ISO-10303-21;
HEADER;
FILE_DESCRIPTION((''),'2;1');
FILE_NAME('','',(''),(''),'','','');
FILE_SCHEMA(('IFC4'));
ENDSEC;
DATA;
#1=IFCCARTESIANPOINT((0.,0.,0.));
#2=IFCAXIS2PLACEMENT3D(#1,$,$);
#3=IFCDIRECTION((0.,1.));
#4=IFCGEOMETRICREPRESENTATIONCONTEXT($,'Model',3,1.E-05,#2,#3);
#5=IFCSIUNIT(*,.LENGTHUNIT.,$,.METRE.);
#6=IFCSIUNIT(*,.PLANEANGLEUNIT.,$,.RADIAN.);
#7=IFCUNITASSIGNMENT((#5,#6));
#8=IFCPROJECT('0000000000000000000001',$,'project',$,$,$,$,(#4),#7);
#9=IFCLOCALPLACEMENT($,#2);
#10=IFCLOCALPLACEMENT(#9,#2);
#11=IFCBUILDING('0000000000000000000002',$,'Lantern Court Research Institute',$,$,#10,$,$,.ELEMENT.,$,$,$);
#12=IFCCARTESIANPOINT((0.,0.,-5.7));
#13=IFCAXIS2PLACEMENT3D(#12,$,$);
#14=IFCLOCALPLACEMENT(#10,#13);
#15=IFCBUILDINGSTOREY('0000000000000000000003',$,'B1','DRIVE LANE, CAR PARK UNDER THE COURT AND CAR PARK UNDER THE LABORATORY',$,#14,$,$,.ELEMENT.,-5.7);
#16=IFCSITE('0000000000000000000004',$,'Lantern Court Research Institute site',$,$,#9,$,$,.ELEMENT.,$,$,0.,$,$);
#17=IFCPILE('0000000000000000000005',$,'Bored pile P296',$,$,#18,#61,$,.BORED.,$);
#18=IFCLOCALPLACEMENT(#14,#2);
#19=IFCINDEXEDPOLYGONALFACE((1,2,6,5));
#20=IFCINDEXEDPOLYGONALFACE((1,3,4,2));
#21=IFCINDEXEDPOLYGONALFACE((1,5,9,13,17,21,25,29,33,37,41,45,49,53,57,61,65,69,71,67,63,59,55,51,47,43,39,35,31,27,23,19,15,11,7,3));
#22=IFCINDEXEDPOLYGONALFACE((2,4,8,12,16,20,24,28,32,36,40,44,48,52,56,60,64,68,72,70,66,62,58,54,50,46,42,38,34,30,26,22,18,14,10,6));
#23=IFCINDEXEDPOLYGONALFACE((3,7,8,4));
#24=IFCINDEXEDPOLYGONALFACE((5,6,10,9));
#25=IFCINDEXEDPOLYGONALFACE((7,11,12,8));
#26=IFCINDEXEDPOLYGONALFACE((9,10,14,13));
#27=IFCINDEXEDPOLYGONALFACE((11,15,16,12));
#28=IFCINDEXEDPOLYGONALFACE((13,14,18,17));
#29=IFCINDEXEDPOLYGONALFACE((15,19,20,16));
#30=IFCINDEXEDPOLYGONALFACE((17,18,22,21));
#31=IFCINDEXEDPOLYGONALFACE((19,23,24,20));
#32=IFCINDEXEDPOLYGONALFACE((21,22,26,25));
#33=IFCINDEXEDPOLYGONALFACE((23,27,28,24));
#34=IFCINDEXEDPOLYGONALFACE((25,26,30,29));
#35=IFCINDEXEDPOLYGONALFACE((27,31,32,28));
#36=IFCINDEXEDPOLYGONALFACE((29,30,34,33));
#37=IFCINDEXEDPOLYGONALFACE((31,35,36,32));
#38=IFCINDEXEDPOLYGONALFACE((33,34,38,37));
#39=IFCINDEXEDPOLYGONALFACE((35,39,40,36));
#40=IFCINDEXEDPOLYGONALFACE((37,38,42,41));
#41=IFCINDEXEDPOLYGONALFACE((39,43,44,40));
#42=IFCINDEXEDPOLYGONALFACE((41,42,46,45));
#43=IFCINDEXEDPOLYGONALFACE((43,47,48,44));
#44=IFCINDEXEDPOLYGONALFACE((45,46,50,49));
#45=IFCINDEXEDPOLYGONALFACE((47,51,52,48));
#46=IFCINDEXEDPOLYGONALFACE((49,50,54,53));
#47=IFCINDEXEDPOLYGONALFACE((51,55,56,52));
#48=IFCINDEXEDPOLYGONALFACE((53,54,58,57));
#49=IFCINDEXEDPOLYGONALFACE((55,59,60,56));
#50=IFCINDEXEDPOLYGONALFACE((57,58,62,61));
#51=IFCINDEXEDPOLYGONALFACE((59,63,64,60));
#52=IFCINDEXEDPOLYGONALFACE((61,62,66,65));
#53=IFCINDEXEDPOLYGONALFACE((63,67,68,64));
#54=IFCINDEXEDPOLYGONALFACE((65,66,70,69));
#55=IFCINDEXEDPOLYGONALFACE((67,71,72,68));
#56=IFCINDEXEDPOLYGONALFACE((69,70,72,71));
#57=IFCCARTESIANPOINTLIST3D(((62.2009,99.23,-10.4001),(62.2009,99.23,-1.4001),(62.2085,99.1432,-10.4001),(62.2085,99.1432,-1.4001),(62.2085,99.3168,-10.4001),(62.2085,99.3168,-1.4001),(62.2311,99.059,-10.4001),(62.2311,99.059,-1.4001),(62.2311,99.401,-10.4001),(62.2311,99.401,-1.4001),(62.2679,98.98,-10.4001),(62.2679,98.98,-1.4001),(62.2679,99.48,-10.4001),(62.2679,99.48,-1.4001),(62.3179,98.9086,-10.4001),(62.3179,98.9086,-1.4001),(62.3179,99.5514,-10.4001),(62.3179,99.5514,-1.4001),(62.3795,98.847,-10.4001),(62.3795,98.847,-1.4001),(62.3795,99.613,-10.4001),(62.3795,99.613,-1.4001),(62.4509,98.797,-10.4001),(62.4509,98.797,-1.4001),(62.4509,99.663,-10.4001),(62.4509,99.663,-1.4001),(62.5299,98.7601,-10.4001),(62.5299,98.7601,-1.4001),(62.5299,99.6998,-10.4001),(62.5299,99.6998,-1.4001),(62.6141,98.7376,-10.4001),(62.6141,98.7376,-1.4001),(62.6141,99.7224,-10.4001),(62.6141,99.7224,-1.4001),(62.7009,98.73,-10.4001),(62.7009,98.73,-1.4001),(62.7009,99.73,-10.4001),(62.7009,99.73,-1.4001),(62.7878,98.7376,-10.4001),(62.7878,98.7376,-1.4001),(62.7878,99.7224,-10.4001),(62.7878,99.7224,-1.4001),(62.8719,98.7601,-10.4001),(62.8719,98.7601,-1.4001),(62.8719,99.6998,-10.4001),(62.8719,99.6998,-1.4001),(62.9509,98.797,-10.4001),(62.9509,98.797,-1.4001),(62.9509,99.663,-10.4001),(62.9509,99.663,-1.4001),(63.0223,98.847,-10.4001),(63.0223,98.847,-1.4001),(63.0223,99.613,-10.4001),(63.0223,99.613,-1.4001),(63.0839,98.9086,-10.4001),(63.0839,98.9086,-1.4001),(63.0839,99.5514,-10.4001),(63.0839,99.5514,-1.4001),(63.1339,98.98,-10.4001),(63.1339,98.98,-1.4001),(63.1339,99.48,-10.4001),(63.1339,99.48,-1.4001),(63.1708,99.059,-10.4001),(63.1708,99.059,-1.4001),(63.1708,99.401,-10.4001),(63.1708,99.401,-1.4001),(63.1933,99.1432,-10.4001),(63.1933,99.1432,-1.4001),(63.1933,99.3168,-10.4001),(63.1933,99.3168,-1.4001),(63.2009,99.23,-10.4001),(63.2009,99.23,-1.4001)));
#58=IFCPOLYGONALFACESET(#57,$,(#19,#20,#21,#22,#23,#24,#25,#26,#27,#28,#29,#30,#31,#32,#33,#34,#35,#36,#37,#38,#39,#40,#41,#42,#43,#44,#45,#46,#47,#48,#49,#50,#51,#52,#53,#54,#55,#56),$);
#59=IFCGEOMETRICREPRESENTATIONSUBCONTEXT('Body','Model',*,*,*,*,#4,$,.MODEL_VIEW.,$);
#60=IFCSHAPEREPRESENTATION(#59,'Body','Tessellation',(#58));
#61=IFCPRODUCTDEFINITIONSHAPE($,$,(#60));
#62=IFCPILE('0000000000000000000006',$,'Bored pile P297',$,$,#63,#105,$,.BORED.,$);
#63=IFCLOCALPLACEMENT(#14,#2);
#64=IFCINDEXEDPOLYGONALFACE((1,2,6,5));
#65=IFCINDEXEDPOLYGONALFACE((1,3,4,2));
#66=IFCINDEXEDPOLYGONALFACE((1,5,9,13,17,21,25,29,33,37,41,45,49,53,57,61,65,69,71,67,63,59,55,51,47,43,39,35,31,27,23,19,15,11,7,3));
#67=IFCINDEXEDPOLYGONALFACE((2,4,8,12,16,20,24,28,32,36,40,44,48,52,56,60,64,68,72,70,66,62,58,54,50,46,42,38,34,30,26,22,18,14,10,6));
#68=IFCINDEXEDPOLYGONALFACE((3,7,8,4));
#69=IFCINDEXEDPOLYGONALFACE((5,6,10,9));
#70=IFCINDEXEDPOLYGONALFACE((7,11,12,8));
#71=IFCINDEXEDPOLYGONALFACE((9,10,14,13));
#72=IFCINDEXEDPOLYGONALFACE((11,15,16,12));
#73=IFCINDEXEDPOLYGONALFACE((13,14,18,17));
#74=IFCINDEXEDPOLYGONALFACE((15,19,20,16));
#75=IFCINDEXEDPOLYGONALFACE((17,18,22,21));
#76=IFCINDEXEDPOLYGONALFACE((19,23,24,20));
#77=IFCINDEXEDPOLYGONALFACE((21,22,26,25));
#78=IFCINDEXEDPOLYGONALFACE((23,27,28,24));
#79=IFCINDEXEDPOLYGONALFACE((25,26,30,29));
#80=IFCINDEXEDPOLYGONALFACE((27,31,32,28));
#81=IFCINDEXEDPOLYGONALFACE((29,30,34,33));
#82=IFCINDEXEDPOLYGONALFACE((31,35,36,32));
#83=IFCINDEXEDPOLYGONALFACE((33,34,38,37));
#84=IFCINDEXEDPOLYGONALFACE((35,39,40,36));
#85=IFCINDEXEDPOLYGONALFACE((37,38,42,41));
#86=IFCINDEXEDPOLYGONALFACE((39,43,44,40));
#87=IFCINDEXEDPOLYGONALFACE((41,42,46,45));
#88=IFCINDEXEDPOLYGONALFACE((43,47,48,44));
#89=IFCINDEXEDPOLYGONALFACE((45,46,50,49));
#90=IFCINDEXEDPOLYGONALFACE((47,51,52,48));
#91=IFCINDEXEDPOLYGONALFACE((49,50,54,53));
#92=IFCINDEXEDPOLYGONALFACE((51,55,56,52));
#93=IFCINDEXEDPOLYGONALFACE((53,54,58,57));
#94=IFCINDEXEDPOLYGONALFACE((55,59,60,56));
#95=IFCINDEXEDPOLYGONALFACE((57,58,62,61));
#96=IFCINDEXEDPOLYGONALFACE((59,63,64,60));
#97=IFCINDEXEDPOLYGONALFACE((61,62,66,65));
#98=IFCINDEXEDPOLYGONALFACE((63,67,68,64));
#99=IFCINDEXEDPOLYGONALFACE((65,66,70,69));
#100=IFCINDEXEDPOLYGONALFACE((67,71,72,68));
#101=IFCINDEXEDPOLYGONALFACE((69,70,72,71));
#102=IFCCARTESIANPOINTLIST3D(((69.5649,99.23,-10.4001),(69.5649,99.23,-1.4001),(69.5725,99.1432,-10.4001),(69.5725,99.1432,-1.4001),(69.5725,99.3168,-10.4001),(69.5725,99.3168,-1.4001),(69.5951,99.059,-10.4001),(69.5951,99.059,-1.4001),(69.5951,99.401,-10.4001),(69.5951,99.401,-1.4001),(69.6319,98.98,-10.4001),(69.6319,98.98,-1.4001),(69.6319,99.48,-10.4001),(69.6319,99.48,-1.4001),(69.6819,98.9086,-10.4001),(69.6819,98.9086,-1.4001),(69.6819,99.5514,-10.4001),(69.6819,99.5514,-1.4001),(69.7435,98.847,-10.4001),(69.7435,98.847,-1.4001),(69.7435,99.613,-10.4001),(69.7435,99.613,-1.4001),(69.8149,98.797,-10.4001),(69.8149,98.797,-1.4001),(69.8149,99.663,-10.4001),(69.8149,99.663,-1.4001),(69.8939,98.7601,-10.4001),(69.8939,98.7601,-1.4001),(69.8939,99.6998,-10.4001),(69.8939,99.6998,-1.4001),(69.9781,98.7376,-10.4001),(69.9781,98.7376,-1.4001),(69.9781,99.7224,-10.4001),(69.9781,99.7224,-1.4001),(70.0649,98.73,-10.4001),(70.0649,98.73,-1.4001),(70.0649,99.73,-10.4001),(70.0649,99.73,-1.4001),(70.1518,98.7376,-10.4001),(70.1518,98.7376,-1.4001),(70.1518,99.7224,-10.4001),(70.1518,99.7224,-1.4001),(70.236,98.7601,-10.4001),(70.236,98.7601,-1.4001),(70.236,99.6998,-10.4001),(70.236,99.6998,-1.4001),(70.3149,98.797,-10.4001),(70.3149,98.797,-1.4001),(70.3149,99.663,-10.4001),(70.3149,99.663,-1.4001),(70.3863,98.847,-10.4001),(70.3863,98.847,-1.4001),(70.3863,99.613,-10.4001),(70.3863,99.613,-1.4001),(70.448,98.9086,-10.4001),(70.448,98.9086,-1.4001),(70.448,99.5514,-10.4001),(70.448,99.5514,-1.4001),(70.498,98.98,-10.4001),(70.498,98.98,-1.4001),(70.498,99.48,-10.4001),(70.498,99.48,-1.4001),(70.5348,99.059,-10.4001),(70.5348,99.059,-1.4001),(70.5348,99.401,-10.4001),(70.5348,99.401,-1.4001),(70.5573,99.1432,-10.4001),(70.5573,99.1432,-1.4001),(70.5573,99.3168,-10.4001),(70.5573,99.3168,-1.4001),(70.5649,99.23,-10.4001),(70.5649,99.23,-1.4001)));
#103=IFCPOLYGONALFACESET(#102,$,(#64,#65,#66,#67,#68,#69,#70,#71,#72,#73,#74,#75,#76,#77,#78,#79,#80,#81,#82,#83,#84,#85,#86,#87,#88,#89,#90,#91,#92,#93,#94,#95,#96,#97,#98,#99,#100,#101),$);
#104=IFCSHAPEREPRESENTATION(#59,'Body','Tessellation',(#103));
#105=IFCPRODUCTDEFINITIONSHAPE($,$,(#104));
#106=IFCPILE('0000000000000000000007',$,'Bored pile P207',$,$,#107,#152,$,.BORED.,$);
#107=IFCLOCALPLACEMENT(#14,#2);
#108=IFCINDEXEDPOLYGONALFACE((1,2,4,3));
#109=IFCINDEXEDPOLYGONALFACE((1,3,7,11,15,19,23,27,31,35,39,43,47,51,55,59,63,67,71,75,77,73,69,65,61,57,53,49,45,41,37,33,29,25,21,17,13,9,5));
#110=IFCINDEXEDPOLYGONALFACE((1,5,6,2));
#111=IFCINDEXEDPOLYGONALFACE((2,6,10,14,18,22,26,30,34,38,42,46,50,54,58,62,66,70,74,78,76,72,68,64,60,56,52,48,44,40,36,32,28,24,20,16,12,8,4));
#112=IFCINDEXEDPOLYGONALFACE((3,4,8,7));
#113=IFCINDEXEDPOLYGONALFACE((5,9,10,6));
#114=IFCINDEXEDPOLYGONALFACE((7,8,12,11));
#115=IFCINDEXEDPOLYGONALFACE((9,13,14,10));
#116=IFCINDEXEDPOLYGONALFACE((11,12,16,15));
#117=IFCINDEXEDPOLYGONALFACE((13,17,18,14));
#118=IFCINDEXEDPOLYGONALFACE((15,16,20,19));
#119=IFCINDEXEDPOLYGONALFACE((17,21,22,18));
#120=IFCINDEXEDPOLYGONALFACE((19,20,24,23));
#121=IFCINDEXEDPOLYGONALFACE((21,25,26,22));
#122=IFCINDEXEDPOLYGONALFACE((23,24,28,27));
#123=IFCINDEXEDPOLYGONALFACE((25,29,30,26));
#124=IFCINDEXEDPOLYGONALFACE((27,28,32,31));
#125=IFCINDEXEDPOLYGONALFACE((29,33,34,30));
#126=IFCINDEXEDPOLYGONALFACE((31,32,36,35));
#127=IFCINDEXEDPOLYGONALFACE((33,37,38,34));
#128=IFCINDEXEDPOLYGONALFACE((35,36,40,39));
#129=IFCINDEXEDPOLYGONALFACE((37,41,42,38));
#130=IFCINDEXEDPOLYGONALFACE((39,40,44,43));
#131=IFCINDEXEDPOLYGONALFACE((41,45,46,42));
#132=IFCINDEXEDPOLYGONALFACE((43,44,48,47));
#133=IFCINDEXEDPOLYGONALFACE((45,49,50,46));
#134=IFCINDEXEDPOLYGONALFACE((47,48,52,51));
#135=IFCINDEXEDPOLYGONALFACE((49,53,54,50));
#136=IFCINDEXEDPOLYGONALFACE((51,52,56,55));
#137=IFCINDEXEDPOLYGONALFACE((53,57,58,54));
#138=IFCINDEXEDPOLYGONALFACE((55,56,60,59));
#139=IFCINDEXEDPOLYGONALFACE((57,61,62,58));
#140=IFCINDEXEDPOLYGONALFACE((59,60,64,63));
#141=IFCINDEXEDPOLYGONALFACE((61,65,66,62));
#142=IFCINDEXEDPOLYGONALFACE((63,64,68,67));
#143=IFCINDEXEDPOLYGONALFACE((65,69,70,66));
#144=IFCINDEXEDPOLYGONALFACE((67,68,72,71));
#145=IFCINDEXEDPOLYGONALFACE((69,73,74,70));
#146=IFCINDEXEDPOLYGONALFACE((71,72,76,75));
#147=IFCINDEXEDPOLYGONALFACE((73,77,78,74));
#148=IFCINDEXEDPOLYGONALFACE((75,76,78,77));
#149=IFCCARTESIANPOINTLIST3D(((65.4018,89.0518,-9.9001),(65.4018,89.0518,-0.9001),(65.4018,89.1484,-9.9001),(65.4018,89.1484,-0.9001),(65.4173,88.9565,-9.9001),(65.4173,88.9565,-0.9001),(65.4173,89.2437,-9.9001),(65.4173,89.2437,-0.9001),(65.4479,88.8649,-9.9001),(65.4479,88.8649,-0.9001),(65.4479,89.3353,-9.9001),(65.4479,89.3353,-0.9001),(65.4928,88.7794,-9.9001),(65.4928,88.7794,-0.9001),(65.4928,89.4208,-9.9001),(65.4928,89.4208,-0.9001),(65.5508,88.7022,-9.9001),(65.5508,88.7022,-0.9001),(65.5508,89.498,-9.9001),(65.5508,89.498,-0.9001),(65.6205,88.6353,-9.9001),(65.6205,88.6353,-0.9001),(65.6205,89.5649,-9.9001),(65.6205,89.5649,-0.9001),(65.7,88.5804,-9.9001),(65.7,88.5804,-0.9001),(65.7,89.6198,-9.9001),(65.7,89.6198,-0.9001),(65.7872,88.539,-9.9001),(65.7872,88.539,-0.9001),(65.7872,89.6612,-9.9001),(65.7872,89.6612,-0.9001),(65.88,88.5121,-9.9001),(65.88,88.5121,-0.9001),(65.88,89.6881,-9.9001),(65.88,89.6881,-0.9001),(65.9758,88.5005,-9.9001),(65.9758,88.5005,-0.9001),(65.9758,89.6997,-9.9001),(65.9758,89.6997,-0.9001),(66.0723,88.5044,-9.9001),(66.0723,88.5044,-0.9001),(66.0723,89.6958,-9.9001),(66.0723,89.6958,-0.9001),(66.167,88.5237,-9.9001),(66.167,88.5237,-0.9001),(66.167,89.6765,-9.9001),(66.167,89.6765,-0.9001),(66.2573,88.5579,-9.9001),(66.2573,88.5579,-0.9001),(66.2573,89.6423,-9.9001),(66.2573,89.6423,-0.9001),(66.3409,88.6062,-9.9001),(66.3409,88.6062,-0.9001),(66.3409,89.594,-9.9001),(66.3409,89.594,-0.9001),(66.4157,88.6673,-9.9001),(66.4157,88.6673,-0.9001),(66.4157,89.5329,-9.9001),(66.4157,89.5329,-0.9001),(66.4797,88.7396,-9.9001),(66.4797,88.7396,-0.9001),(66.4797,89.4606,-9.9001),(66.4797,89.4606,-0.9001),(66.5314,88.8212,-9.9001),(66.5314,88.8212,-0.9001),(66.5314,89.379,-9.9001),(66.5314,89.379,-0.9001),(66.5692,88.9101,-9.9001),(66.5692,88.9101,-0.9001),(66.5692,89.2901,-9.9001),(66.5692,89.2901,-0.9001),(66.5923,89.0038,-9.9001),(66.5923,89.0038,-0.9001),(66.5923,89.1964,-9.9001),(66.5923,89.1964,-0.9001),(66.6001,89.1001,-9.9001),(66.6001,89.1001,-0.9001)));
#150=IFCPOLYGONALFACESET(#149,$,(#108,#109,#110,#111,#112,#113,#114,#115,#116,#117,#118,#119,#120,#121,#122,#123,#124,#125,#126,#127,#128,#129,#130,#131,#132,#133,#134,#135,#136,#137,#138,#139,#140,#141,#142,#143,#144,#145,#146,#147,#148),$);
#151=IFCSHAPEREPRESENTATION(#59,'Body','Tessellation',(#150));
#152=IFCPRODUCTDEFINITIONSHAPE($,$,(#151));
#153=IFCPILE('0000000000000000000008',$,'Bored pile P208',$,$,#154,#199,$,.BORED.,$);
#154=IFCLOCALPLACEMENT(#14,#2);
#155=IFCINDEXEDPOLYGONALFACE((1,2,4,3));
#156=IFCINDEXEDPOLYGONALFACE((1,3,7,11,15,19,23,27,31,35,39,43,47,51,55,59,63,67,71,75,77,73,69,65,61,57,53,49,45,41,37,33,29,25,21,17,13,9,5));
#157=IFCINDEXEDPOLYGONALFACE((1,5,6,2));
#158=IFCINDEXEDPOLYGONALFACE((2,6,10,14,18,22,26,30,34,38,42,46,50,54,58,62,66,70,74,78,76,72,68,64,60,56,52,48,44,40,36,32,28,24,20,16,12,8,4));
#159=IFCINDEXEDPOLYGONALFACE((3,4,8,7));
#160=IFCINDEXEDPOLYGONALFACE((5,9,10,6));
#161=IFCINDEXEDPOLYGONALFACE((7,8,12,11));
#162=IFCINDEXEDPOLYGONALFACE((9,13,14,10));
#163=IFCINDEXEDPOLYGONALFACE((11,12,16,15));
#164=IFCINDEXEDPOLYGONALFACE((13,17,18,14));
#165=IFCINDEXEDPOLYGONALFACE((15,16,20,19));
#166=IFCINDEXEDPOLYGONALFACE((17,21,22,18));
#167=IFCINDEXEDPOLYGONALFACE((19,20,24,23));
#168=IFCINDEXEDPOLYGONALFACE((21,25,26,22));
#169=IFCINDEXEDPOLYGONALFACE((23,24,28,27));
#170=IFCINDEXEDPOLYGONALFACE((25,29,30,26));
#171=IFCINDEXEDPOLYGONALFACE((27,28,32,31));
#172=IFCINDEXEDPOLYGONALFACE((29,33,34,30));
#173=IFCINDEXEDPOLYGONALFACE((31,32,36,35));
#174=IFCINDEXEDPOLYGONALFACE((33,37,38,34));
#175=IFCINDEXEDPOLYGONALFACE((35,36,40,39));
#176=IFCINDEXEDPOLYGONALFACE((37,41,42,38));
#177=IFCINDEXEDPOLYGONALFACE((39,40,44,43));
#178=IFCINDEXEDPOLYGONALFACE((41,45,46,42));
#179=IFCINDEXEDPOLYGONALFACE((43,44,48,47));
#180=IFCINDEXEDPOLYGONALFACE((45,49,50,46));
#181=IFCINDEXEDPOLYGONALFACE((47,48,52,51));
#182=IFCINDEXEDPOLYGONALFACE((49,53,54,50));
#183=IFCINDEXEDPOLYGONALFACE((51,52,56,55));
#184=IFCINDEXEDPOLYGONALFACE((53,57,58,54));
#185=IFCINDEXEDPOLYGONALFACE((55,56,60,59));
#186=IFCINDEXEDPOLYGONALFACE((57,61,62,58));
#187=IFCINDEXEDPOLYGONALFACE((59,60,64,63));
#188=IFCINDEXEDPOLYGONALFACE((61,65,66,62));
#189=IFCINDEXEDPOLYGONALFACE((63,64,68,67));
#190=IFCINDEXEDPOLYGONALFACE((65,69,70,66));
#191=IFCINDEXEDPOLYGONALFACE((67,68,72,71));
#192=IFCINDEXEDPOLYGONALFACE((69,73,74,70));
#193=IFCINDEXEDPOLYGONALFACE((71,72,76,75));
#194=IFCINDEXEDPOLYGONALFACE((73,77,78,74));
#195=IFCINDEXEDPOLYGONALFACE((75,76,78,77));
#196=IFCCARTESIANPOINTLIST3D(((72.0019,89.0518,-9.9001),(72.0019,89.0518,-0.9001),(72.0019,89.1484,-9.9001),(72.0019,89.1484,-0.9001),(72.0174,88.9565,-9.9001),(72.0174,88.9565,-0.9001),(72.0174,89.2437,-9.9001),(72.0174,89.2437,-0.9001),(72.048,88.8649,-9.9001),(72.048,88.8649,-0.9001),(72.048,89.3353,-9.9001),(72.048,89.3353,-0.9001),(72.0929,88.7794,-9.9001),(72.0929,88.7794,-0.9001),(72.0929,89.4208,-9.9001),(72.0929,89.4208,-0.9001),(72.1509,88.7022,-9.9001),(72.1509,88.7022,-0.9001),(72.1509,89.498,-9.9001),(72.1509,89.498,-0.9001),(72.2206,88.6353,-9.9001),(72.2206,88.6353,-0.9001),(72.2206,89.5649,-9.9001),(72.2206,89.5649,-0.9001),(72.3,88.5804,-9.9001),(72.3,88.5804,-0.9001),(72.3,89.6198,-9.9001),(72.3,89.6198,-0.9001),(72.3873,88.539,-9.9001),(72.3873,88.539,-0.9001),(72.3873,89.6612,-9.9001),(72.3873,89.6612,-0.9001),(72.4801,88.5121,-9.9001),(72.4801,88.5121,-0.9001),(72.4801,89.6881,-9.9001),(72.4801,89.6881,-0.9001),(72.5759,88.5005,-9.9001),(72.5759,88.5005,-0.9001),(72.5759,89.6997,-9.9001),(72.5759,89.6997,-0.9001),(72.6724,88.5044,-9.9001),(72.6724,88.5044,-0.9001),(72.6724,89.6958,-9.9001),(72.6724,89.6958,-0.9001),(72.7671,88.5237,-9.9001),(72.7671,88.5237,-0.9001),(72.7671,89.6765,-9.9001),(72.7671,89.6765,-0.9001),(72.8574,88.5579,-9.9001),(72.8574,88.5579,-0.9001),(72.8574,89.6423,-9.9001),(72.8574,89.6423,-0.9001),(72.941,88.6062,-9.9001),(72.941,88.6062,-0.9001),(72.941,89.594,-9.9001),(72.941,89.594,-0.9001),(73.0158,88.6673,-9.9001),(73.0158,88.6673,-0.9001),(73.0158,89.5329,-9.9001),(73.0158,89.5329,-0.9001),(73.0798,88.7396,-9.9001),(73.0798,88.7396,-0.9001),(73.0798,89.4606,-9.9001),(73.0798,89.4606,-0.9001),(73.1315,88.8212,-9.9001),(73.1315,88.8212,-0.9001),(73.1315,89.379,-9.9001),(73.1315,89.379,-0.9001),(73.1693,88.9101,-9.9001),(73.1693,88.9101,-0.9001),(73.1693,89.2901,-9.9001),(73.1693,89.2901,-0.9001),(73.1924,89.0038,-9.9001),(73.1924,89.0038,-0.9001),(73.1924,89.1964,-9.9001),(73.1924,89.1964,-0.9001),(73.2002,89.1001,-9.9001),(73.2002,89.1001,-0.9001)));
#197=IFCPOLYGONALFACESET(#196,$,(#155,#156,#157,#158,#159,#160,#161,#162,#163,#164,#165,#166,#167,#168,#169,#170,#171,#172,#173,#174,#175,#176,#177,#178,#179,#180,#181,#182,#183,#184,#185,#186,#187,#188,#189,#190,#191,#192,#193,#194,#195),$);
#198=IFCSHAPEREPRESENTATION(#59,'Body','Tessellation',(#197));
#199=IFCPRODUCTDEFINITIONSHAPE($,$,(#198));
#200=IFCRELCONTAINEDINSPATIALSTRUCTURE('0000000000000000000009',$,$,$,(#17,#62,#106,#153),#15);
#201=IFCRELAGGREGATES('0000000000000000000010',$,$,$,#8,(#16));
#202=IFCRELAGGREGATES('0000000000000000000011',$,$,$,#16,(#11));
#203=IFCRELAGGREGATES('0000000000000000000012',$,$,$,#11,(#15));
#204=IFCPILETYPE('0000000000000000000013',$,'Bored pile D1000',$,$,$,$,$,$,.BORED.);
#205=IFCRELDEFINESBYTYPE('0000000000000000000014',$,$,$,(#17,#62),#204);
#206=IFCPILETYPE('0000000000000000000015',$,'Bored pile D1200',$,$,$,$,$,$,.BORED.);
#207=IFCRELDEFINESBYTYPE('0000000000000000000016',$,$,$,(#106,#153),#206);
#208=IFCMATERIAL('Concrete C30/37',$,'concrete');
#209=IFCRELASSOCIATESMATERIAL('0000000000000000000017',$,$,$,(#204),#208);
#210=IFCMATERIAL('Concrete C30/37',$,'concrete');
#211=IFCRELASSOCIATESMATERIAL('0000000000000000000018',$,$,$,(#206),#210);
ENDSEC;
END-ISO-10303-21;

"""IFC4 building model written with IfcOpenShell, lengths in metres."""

from ifc_helpers import new_model, si_unit, direction, frame, origin, origin_2d, place, context, subcontext, project, spatial, circle, extrude, material, material_profile, profile_set, type_object, element, save


model = new_model("IFC4")

# Units and contexts
model_context = context("Model", 3, precision=1e-05, world=origin(), true_north=direction((0.0, 1.0)))
body_context = subcontext(model_context, "Body", "Model", "MODEL_VIEW")
ifc_project = project(units=[si_unit("LENGTHUNIT", "METRE"), si_unit("PLANEANGLEUNIT", "RADIAN")], contexts=[model_context])

# Site, building, storey
site_placement = place(None, origin())
site = spatial("IfcSite", under=ifc_project, at=site_placement, Name="Lantern Court Research Institute site", CompositionType="ELEMENT", RefElevation=0.0)
building_placement = place(site_placement, origin())
building = spatial("IfcBuilding", under=site, at=building_placement, Name="Lantern Court Research Institute", CompositionType="ELEMENT")
storey_placement = place(building_placement, frame((0.0, 0.0, -5.7)))
storey = spatial("IfcBuildingStorey", under=building, at=storey_placement, Name="B1", Description="DRIVE LANE, CAR PARK UNDER THE COURT AND CAR PARK UNDER THE LABORATORY", CompositionType="ELEMENT", Elevation=-5.7)

# Piles
ifc_material_1 = material(Name="Concrete C30/37", Category="concrete")
ifc_material_profile_1 = material_profile(ifc_material_1, circle(Radius=0.5, at=origin_2d()), Name="Bored pile D1000")
ifc_profile_set_1 = profile_set([ifc_material_profile_1], Name="Concrete C30/37")
pile_type_1 = type_object("IfcPileType", Name="Bored pile D1000", PredefinedType="BORED", material=ifc_profile_set_1)
for number, where, z_axis, x_axis, name in (
    (1, (62.7009, 99.23, -1.4001), (0.0, 0.0, -1.0), (1.0, 0.0, 0.0), "Bored pile P296"),
    (2, (70.0649, 99.23, -1.4001), (0.0, 0.0, -1.0), (1.0, 0.0, 0.0), "Bored pile P297"),
):
    element("IfcPile", number, at=place(storey_placement, frame(where, z_axis=z_axis, x_axis=x_axis)), inside=storey, type_object=pile_type_1, Name=name, PredefinedType="BORED", context=body_context, shape_type="SweptSolid", body=[
        extrude(circle(Radius=0.5, at=origin_2d()), origin(), (0.0, 0.0, 1.0), 9.0),
    ])
ifc_material_2 = material(Name="Concrete C30/37", Category="concrete")
ifc_material_profile_2 = material_profile(ifc_material_2, circle(Radius=0.6001, at=origin_2d()), Name="Bored pile D1200")
ifc_profile_set_2 = profile_set([ifc_material_profile_2], Name="Concrete C30/37")
pile_type_2 = type_object("IfcPileType", Name="Bored pile D1200", PredefinedType="BORED", material=ifc_profile_set_2)
for number, where, z_axis, x_axis, name in (
    (3, (66.0, 89.1001, -0.9001), (0.0, 0.0, -1.0), (1.0, 0.0, 0.0), "Bored pile P207"),
    (4, (72.6001, 89.1001, -0.9001), (0.0, 0.0, -1.0), (1.0, 0.0, 0.0), "Bored pile P208"),
):
    element("IfcPile", number, at=place(storey_placement, frame(where, z_axis=z_axis, x_axis=x_axis)), inside=storey, type_object=pile_type_2, Name=name, PredefinedType="BORED", context=body_context, shape_type="SweptSolid", body=[
        extrude(circle(Radius=0.6001, at=origin_2d()), origin(), (0.0, 0.0, 1.0), 9.0),
    ])

save(model, "model.ifc")
